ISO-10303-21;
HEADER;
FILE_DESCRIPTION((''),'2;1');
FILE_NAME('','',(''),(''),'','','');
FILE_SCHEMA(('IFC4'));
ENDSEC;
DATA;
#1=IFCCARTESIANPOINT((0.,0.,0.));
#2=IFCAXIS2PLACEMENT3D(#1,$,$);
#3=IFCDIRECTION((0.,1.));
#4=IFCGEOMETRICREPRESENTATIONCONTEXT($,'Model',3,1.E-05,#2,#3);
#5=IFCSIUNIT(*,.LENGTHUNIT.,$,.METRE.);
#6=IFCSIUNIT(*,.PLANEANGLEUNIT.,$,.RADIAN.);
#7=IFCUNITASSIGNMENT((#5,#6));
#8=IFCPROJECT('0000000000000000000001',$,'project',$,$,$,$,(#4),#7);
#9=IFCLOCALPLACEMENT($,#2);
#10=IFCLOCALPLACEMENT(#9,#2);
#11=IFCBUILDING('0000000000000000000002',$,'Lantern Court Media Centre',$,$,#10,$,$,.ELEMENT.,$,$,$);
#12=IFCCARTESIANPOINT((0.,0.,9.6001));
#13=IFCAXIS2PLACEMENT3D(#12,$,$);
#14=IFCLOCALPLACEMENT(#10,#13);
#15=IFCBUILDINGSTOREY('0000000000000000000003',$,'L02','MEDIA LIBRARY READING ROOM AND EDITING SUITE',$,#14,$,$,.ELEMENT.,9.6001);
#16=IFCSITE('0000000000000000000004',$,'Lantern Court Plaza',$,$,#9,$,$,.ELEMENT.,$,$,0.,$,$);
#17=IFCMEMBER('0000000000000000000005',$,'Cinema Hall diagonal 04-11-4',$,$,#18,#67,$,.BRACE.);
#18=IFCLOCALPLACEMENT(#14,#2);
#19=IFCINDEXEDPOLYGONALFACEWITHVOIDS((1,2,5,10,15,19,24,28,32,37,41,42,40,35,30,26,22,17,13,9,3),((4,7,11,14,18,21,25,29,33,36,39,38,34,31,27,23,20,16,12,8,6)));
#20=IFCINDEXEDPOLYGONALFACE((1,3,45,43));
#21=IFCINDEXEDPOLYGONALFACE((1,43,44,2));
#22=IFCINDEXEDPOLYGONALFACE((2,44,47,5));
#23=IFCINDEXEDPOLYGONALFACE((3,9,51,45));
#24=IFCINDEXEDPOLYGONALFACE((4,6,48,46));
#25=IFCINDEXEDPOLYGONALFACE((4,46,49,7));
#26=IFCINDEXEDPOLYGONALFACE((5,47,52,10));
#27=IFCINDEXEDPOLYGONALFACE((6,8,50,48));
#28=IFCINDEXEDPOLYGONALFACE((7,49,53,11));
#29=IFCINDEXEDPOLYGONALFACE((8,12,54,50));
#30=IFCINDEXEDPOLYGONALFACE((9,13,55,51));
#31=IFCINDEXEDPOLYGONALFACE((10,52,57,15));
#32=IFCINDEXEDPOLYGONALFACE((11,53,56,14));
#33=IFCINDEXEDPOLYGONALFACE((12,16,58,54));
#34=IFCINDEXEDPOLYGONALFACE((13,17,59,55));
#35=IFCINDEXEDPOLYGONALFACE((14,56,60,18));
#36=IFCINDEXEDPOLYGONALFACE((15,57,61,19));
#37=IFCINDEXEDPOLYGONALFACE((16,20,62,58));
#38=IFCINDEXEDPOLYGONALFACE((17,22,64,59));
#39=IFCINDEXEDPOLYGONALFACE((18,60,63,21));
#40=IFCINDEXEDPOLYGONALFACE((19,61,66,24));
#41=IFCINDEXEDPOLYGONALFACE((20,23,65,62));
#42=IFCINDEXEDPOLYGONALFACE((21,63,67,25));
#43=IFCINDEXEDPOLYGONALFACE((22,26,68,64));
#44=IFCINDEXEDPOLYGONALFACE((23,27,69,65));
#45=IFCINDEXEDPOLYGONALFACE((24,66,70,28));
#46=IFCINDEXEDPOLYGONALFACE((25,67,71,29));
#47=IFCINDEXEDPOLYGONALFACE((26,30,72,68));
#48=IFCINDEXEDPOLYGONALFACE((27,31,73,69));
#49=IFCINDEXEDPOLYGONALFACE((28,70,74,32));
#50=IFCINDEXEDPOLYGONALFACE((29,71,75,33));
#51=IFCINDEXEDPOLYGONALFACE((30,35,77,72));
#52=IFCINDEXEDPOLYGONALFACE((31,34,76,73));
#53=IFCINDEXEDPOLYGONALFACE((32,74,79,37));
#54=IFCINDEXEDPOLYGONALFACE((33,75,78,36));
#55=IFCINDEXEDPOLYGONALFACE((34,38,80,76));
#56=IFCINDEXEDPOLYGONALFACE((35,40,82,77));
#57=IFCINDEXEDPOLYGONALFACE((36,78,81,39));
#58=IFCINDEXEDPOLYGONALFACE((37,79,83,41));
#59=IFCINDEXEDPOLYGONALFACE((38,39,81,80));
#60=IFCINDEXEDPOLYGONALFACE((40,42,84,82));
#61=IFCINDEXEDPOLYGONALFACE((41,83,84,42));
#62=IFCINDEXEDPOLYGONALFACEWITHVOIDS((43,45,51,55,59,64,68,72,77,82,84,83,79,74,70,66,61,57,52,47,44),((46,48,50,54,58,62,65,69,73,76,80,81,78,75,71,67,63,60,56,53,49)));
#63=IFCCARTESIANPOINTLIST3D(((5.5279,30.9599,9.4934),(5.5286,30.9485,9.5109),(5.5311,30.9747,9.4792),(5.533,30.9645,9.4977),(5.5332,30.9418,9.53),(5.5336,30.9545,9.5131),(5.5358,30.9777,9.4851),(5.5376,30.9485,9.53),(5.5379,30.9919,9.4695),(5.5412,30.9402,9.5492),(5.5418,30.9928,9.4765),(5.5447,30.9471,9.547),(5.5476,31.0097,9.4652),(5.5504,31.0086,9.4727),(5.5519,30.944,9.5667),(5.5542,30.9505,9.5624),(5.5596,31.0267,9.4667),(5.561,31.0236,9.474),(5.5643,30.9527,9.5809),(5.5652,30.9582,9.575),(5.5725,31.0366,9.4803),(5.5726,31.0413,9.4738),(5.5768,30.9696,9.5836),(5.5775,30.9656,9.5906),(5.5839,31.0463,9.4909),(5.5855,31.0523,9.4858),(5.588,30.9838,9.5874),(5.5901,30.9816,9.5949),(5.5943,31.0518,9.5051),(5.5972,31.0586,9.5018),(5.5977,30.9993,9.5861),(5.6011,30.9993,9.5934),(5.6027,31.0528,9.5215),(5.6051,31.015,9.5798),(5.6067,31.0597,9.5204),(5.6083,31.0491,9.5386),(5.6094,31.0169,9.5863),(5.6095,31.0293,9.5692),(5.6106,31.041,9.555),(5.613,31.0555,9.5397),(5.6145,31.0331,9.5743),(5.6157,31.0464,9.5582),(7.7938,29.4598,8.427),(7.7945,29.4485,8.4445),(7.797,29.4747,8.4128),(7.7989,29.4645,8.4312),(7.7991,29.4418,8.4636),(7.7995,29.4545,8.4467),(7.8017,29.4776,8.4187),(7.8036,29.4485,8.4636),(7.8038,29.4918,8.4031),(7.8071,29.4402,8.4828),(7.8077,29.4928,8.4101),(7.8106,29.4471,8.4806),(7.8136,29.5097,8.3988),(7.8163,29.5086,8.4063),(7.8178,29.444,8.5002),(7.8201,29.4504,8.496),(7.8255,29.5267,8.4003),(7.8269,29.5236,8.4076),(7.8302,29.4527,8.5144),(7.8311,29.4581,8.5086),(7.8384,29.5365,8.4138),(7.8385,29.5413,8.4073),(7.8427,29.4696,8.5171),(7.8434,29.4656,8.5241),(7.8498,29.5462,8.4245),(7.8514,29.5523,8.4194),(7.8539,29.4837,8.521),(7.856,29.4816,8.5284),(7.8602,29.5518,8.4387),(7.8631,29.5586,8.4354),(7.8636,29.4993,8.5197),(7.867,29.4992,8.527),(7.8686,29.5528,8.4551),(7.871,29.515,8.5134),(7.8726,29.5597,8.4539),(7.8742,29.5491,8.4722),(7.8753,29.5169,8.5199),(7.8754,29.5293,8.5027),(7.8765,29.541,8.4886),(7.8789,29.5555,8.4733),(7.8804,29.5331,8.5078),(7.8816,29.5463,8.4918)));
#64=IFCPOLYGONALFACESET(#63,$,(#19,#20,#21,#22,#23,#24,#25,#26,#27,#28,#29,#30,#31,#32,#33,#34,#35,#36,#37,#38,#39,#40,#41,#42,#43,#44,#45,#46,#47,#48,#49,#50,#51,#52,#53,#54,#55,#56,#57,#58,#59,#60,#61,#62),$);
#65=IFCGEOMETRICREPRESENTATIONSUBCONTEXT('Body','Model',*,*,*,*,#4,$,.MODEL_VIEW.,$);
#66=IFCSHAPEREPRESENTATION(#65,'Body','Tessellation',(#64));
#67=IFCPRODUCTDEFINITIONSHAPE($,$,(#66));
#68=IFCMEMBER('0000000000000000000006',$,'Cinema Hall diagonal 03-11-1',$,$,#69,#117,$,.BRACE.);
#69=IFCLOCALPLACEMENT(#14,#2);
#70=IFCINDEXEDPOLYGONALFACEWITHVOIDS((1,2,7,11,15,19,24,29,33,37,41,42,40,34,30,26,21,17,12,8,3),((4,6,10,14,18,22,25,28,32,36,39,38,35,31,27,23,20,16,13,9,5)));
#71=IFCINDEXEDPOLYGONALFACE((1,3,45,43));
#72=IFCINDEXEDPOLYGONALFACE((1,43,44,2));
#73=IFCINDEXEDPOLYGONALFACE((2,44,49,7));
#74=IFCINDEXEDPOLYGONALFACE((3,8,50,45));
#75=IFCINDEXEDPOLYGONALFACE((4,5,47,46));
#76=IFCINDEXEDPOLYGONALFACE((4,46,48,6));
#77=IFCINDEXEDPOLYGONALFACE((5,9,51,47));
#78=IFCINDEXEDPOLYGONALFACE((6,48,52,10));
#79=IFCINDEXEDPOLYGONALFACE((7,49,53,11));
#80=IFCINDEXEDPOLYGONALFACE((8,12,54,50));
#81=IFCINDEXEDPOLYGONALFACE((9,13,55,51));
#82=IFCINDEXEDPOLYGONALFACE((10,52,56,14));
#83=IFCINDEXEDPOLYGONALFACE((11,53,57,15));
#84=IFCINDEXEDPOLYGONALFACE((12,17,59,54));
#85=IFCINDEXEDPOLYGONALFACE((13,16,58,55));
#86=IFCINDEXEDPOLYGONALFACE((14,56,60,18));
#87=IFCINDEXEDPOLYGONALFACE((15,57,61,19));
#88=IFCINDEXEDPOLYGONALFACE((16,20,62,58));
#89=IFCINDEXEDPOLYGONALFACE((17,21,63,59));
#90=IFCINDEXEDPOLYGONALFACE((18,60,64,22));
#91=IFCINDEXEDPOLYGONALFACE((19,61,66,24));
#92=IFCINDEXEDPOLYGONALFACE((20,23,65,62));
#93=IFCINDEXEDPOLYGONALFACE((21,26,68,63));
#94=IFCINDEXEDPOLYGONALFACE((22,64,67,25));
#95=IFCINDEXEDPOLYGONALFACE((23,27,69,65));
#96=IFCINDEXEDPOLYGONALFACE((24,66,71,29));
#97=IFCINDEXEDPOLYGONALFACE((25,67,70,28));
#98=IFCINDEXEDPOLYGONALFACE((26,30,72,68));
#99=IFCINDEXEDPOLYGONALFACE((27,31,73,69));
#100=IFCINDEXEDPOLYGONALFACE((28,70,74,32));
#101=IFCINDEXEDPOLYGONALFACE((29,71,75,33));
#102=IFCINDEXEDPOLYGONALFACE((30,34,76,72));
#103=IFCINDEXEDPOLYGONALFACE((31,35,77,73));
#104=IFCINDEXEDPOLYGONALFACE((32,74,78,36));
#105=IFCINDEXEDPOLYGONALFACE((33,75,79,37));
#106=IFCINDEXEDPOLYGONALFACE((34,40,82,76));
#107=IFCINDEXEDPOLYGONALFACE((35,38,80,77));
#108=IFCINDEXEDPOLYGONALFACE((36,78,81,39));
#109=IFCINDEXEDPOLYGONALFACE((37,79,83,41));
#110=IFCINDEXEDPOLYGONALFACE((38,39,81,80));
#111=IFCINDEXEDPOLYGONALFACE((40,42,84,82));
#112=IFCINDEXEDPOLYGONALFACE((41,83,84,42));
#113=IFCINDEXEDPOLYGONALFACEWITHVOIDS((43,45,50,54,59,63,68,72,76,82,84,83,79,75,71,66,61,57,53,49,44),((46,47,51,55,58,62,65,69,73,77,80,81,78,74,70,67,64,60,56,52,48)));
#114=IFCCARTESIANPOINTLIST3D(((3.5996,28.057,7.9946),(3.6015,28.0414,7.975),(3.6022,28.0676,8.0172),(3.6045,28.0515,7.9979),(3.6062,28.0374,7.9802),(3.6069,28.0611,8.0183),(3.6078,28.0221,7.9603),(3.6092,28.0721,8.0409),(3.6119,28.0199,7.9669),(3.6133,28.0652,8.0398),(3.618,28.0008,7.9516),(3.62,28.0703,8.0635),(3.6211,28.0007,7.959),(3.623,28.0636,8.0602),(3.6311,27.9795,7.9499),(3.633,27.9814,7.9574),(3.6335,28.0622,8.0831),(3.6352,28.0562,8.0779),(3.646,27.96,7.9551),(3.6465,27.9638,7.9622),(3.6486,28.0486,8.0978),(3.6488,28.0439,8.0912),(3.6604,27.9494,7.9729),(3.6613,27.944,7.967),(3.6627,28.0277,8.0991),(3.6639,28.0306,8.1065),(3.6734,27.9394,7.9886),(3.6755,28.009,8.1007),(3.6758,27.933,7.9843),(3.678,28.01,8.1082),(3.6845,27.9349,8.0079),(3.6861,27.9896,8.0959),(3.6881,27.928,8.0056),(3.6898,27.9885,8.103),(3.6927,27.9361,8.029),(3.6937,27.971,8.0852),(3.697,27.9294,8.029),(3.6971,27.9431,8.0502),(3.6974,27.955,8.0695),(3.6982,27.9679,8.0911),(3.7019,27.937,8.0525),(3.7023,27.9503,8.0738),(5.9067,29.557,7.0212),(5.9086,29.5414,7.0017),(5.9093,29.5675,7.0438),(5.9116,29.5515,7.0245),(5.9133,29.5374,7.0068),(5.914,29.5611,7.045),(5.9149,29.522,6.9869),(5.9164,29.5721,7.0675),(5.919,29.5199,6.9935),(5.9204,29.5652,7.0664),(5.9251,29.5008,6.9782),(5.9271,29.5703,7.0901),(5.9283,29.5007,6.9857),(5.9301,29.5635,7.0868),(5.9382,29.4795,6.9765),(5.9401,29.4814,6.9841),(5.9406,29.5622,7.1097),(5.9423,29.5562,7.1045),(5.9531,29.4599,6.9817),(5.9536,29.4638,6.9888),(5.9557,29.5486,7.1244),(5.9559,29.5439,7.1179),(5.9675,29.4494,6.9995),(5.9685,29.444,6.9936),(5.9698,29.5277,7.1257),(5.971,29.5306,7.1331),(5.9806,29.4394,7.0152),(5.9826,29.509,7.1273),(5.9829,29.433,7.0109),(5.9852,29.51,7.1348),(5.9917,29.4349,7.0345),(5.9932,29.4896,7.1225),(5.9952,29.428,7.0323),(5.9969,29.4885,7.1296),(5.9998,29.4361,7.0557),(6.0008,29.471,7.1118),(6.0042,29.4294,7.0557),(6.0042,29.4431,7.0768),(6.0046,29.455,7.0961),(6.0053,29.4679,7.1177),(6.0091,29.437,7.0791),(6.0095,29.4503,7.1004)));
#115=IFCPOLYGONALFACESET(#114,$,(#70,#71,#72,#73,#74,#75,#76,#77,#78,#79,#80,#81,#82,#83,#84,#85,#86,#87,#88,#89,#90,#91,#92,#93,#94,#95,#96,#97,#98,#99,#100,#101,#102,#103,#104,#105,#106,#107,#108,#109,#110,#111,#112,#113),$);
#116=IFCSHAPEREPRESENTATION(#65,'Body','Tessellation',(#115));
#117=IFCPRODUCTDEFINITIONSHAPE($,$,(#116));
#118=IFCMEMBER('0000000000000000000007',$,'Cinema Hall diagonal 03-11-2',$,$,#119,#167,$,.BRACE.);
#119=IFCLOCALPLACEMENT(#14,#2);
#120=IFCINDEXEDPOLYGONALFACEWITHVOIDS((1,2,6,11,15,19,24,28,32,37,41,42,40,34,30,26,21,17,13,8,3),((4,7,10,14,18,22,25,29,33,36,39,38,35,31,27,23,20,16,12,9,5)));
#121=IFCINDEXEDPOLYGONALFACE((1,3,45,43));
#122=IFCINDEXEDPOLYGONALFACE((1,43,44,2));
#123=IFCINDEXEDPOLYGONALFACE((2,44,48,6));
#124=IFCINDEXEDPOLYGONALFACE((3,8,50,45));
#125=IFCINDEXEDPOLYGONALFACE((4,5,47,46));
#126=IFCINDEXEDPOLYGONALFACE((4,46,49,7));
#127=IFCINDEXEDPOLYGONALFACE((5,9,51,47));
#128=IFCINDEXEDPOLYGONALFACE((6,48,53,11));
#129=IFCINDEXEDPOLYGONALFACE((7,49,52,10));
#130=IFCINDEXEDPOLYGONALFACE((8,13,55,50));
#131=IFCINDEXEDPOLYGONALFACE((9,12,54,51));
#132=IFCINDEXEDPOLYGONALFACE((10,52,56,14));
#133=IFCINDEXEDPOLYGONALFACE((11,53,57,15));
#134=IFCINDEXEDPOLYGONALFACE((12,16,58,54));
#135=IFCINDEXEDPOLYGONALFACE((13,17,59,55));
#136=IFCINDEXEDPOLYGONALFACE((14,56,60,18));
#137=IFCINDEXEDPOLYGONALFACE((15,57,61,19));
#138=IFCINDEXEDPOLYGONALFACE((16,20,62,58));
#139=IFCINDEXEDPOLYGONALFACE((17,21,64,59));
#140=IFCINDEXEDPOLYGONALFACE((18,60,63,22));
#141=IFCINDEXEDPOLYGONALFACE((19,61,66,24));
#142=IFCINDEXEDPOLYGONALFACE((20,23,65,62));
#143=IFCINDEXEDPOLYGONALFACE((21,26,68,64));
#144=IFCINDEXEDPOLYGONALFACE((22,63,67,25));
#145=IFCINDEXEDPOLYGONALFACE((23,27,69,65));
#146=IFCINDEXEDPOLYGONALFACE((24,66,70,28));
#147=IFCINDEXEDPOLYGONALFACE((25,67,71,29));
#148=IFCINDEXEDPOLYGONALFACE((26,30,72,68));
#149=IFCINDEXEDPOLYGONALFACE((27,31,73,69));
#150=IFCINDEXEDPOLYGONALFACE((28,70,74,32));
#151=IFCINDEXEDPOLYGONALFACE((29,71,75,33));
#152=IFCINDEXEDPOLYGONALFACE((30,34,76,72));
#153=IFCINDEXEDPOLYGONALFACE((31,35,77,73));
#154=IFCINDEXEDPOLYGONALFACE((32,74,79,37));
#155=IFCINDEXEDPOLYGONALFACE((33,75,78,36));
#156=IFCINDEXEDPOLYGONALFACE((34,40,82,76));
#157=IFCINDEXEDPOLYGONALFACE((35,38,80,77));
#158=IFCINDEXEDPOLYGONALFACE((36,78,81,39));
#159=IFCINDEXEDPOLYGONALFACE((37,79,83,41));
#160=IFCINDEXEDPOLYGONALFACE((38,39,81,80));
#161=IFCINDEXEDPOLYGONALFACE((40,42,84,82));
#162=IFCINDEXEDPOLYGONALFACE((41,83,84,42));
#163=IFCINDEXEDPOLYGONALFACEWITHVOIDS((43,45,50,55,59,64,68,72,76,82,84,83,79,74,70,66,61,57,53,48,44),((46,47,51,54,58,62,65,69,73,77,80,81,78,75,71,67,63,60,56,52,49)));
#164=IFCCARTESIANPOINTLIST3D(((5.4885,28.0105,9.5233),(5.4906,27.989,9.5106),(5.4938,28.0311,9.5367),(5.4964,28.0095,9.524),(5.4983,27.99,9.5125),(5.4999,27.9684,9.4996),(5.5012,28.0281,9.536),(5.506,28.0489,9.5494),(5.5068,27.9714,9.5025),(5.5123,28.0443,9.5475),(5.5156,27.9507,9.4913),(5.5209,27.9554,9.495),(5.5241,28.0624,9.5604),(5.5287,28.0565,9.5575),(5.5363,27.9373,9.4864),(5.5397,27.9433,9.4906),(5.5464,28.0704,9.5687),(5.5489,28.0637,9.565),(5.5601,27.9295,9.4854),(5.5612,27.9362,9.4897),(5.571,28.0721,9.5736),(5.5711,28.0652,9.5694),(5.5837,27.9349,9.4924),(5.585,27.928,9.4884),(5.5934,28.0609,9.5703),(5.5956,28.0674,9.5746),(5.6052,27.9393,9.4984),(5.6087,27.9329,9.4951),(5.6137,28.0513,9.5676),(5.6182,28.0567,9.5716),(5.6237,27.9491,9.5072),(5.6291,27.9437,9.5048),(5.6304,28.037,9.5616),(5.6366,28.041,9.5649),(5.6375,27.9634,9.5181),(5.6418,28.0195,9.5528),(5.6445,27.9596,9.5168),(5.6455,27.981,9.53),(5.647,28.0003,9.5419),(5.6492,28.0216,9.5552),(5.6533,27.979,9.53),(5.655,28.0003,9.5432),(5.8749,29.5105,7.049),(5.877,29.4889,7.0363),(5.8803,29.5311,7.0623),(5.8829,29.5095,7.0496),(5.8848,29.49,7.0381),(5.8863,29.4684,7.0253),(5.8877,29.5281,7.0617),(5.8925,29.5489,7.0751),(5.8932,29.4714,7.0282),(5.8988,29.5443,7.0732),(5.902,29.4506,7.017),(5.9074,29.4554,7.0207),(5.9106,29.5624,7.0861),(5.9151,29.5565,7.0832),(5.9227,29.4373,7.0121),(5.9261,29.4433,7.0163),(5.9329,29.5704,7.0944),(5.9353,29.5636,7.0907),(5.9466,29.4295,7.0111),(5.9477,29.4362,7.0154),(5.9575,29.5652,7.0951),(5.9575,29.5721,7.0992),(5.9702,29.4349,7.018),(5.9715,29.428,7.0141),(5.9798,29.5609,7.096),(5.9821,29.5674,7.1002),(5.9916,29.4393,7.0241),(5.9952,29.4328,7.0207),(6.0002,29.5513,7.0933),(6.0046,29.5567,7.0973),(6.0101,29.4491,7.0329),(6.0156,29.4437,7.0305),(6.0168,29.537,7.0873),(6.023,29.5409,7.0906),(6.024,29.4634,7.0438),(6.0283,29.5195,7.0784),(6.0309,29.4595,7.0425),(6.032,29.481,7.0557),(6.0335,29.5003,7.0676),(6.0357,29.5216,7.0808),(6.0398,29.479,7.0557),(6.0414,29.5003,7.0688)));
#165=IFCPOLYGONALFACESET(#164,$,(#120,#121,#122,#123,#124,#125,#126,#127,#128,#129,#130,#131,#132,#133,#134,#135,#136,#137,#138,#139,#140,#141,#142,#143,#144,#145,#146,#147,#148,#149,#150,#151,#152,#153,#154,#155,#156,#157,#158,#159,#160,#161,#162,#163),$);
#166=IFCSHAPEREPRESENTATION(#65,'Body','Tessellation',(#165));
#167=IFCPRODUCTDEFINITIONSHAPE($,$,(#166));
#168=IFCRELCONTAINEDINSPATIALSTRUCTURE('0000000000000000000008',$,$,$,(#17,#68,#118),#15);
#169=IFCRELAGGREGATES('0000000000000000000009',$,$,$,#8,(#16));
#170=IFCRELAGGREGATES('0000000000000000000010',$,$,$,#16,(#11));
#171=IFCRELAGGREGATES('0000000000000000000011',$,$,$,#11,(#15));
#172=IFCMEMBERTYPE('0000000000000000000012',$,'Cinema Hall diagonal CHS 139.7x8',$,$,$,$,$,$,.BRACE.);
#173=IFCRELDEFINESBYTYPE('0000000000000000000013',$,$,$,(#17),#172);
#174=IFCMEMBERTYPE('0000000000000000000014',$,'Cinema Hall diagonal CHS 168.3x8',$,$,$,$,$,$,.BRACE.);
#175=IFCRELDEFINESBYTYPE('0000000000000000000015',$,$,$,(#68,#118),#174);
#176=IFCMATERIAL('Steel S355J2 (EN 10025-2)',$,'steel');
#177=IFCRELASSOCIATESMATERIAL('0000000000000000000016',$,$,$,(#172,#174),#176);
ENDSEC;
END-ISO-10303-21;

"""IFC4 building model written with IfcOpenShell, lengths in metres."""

from ifc_helpers import new_model, si_unit, direction, frame, origin, origin_2d, place, context, subcontext, project, spatial, hollow_circle, extrude, material, material_profile, profile_set, type_object, element, save


model = new_model("IFC4")

# Units and contexts
model_context = context("Model", 3, precision=1e-05, world=origin(), true_north=direction((0.0, 1.0)))
body_context = subcontext(model_context, "Body", "Model", "MODEL_VIEW")
ifc_project = project(units=[si_unit("LENGTHUNIT", "METRE"), si_unit("PLANEANGLEUNIT", "RADIAN")], contexts=[model_context])

# Site, building, storey
site_placement = place(None, origin())
site = spatial("IfcSite", under=ifc_project, at=site_placement, Name="Lantern Court Plaza", CompositionType="ELEMENT", RefElevation=0.0)
building_placement = place(site_placement, origin())
building = spatial("IfcBuilding", under=site, at=building_placement, Name="Lantern Court Media Centre", CompositionType="ELEMENT")
storey_placement = place(building_placement, frame((0.0, 0.0, 9.6001)))
storey = spatial("IfcBuildingStorey", under=building, at=storey_placement, Name="L02", Description="MEDIA LIBRARY READING ROOM AND EDITING SUITE", CompositionType="ELEMENT", Elevation=9.6001)

# Members
ifc_material = material(Name="Steel S355J2 (EN 10025-2)", Category="steel")
ifc_material_profile_1 = material_profile(ifc_material, hollow_circle(Radius=0.0698, WallThickness=0.0081, at=origin_2d()), Name="Cinema Hall diagonal CHS 139.7x8")
ifc_profile_set_1 = profile_set([ifc_material_profile_1], Name="Steel S355J2 (EN 10025-2)")
member_type_1 = type_object("IfcMemberType", Name="Cinema Hall diagonal CHS 139.7x8", PredefinedType="BRACE", material=ifc_profile_set_1)
member_1_placement = place(storey_placement, frame((7.8376, 29.5, 8.4636), z_axis=(-0.776211, 0.51385, 0.365315), x_axis=(-0.552002, -0.833843, 0.0)))
element("IfcMember", 1, at=member_1_placement, inside=storey, type_object=member_type_1, Name="Cinema Hall diagonal 04-11-4", PredefinedType="BRACE", context=body_context, shape_type="SweptSolid", body=[
    extrude(hollow_circle(Radius=0.0698, WallThickness=0.0081, at=origin_2d()), origin(), (0.0, 0.0, 1.0), 2.9192),
])
ifc_material_profile_2 = material_profile(ifc_material, hollow_circle(Radius=0.0842, WallThickness=0.0081, at=origin_2d()), Name="Cinema Hall diagonal CHS 168.3x8")
ifc_profile_set_2 = profile_set([ifc_material_profile_2], Name="Steel S355J2 (EN 10025-2)")
member_type_2 = type_object("IfcMemberType", Name="Cinema Hall diagonal CHS 168.3x8", PredefinedType="BRACE", material=ifc_profile_set_2)
member_2_placement = place(storey_placement, frame((5.9583, 29.5, 7.0557), z_axis=(-0.790394, -0.513882, 0.333471), x_axis=(0.545082, -0.838383, 0.0)))
element("IfcMember", 2, at=member_2_placement, inside=storey, type_object=member_type_2, Name="Cinema Hall diagonal 03-11-1", PredefinedType="BRACE", context=body_context, shape_type="SweptSolid", body=[
    extrude(hollow_circle(Radius=0.0842, WallThickness=0.0081, at=origin_2d()), origin(), (0.0, 0.0, 1.0), 2.9189),
])
for number, where, z_axis, x_axis, name in (
    (3, (5.9583, 29.5, 7.0557), (-0.13239, -0.513836, 0.847612), (0.968374, -0.249501, 0.0), "Cinema Hall diagonal 03-11-2"),
):
    element("IfcMember", number, at=place(storey_placement, frame(where, z_axis=z_axis, x_axis=x_axis)), inside=storey, type_object=member_type_2, Name=name, PredefinedType="BRACE", context=body_context, shape_type="SweptSolid", body=[
        extrude(hollow_circle(Radius=0.0842, WallThickness=0.0081, at=origin_2d()), origin(), (0.0, 0.0, 1.0), 2.9192),
    ])

save(model, "model.ifc")
